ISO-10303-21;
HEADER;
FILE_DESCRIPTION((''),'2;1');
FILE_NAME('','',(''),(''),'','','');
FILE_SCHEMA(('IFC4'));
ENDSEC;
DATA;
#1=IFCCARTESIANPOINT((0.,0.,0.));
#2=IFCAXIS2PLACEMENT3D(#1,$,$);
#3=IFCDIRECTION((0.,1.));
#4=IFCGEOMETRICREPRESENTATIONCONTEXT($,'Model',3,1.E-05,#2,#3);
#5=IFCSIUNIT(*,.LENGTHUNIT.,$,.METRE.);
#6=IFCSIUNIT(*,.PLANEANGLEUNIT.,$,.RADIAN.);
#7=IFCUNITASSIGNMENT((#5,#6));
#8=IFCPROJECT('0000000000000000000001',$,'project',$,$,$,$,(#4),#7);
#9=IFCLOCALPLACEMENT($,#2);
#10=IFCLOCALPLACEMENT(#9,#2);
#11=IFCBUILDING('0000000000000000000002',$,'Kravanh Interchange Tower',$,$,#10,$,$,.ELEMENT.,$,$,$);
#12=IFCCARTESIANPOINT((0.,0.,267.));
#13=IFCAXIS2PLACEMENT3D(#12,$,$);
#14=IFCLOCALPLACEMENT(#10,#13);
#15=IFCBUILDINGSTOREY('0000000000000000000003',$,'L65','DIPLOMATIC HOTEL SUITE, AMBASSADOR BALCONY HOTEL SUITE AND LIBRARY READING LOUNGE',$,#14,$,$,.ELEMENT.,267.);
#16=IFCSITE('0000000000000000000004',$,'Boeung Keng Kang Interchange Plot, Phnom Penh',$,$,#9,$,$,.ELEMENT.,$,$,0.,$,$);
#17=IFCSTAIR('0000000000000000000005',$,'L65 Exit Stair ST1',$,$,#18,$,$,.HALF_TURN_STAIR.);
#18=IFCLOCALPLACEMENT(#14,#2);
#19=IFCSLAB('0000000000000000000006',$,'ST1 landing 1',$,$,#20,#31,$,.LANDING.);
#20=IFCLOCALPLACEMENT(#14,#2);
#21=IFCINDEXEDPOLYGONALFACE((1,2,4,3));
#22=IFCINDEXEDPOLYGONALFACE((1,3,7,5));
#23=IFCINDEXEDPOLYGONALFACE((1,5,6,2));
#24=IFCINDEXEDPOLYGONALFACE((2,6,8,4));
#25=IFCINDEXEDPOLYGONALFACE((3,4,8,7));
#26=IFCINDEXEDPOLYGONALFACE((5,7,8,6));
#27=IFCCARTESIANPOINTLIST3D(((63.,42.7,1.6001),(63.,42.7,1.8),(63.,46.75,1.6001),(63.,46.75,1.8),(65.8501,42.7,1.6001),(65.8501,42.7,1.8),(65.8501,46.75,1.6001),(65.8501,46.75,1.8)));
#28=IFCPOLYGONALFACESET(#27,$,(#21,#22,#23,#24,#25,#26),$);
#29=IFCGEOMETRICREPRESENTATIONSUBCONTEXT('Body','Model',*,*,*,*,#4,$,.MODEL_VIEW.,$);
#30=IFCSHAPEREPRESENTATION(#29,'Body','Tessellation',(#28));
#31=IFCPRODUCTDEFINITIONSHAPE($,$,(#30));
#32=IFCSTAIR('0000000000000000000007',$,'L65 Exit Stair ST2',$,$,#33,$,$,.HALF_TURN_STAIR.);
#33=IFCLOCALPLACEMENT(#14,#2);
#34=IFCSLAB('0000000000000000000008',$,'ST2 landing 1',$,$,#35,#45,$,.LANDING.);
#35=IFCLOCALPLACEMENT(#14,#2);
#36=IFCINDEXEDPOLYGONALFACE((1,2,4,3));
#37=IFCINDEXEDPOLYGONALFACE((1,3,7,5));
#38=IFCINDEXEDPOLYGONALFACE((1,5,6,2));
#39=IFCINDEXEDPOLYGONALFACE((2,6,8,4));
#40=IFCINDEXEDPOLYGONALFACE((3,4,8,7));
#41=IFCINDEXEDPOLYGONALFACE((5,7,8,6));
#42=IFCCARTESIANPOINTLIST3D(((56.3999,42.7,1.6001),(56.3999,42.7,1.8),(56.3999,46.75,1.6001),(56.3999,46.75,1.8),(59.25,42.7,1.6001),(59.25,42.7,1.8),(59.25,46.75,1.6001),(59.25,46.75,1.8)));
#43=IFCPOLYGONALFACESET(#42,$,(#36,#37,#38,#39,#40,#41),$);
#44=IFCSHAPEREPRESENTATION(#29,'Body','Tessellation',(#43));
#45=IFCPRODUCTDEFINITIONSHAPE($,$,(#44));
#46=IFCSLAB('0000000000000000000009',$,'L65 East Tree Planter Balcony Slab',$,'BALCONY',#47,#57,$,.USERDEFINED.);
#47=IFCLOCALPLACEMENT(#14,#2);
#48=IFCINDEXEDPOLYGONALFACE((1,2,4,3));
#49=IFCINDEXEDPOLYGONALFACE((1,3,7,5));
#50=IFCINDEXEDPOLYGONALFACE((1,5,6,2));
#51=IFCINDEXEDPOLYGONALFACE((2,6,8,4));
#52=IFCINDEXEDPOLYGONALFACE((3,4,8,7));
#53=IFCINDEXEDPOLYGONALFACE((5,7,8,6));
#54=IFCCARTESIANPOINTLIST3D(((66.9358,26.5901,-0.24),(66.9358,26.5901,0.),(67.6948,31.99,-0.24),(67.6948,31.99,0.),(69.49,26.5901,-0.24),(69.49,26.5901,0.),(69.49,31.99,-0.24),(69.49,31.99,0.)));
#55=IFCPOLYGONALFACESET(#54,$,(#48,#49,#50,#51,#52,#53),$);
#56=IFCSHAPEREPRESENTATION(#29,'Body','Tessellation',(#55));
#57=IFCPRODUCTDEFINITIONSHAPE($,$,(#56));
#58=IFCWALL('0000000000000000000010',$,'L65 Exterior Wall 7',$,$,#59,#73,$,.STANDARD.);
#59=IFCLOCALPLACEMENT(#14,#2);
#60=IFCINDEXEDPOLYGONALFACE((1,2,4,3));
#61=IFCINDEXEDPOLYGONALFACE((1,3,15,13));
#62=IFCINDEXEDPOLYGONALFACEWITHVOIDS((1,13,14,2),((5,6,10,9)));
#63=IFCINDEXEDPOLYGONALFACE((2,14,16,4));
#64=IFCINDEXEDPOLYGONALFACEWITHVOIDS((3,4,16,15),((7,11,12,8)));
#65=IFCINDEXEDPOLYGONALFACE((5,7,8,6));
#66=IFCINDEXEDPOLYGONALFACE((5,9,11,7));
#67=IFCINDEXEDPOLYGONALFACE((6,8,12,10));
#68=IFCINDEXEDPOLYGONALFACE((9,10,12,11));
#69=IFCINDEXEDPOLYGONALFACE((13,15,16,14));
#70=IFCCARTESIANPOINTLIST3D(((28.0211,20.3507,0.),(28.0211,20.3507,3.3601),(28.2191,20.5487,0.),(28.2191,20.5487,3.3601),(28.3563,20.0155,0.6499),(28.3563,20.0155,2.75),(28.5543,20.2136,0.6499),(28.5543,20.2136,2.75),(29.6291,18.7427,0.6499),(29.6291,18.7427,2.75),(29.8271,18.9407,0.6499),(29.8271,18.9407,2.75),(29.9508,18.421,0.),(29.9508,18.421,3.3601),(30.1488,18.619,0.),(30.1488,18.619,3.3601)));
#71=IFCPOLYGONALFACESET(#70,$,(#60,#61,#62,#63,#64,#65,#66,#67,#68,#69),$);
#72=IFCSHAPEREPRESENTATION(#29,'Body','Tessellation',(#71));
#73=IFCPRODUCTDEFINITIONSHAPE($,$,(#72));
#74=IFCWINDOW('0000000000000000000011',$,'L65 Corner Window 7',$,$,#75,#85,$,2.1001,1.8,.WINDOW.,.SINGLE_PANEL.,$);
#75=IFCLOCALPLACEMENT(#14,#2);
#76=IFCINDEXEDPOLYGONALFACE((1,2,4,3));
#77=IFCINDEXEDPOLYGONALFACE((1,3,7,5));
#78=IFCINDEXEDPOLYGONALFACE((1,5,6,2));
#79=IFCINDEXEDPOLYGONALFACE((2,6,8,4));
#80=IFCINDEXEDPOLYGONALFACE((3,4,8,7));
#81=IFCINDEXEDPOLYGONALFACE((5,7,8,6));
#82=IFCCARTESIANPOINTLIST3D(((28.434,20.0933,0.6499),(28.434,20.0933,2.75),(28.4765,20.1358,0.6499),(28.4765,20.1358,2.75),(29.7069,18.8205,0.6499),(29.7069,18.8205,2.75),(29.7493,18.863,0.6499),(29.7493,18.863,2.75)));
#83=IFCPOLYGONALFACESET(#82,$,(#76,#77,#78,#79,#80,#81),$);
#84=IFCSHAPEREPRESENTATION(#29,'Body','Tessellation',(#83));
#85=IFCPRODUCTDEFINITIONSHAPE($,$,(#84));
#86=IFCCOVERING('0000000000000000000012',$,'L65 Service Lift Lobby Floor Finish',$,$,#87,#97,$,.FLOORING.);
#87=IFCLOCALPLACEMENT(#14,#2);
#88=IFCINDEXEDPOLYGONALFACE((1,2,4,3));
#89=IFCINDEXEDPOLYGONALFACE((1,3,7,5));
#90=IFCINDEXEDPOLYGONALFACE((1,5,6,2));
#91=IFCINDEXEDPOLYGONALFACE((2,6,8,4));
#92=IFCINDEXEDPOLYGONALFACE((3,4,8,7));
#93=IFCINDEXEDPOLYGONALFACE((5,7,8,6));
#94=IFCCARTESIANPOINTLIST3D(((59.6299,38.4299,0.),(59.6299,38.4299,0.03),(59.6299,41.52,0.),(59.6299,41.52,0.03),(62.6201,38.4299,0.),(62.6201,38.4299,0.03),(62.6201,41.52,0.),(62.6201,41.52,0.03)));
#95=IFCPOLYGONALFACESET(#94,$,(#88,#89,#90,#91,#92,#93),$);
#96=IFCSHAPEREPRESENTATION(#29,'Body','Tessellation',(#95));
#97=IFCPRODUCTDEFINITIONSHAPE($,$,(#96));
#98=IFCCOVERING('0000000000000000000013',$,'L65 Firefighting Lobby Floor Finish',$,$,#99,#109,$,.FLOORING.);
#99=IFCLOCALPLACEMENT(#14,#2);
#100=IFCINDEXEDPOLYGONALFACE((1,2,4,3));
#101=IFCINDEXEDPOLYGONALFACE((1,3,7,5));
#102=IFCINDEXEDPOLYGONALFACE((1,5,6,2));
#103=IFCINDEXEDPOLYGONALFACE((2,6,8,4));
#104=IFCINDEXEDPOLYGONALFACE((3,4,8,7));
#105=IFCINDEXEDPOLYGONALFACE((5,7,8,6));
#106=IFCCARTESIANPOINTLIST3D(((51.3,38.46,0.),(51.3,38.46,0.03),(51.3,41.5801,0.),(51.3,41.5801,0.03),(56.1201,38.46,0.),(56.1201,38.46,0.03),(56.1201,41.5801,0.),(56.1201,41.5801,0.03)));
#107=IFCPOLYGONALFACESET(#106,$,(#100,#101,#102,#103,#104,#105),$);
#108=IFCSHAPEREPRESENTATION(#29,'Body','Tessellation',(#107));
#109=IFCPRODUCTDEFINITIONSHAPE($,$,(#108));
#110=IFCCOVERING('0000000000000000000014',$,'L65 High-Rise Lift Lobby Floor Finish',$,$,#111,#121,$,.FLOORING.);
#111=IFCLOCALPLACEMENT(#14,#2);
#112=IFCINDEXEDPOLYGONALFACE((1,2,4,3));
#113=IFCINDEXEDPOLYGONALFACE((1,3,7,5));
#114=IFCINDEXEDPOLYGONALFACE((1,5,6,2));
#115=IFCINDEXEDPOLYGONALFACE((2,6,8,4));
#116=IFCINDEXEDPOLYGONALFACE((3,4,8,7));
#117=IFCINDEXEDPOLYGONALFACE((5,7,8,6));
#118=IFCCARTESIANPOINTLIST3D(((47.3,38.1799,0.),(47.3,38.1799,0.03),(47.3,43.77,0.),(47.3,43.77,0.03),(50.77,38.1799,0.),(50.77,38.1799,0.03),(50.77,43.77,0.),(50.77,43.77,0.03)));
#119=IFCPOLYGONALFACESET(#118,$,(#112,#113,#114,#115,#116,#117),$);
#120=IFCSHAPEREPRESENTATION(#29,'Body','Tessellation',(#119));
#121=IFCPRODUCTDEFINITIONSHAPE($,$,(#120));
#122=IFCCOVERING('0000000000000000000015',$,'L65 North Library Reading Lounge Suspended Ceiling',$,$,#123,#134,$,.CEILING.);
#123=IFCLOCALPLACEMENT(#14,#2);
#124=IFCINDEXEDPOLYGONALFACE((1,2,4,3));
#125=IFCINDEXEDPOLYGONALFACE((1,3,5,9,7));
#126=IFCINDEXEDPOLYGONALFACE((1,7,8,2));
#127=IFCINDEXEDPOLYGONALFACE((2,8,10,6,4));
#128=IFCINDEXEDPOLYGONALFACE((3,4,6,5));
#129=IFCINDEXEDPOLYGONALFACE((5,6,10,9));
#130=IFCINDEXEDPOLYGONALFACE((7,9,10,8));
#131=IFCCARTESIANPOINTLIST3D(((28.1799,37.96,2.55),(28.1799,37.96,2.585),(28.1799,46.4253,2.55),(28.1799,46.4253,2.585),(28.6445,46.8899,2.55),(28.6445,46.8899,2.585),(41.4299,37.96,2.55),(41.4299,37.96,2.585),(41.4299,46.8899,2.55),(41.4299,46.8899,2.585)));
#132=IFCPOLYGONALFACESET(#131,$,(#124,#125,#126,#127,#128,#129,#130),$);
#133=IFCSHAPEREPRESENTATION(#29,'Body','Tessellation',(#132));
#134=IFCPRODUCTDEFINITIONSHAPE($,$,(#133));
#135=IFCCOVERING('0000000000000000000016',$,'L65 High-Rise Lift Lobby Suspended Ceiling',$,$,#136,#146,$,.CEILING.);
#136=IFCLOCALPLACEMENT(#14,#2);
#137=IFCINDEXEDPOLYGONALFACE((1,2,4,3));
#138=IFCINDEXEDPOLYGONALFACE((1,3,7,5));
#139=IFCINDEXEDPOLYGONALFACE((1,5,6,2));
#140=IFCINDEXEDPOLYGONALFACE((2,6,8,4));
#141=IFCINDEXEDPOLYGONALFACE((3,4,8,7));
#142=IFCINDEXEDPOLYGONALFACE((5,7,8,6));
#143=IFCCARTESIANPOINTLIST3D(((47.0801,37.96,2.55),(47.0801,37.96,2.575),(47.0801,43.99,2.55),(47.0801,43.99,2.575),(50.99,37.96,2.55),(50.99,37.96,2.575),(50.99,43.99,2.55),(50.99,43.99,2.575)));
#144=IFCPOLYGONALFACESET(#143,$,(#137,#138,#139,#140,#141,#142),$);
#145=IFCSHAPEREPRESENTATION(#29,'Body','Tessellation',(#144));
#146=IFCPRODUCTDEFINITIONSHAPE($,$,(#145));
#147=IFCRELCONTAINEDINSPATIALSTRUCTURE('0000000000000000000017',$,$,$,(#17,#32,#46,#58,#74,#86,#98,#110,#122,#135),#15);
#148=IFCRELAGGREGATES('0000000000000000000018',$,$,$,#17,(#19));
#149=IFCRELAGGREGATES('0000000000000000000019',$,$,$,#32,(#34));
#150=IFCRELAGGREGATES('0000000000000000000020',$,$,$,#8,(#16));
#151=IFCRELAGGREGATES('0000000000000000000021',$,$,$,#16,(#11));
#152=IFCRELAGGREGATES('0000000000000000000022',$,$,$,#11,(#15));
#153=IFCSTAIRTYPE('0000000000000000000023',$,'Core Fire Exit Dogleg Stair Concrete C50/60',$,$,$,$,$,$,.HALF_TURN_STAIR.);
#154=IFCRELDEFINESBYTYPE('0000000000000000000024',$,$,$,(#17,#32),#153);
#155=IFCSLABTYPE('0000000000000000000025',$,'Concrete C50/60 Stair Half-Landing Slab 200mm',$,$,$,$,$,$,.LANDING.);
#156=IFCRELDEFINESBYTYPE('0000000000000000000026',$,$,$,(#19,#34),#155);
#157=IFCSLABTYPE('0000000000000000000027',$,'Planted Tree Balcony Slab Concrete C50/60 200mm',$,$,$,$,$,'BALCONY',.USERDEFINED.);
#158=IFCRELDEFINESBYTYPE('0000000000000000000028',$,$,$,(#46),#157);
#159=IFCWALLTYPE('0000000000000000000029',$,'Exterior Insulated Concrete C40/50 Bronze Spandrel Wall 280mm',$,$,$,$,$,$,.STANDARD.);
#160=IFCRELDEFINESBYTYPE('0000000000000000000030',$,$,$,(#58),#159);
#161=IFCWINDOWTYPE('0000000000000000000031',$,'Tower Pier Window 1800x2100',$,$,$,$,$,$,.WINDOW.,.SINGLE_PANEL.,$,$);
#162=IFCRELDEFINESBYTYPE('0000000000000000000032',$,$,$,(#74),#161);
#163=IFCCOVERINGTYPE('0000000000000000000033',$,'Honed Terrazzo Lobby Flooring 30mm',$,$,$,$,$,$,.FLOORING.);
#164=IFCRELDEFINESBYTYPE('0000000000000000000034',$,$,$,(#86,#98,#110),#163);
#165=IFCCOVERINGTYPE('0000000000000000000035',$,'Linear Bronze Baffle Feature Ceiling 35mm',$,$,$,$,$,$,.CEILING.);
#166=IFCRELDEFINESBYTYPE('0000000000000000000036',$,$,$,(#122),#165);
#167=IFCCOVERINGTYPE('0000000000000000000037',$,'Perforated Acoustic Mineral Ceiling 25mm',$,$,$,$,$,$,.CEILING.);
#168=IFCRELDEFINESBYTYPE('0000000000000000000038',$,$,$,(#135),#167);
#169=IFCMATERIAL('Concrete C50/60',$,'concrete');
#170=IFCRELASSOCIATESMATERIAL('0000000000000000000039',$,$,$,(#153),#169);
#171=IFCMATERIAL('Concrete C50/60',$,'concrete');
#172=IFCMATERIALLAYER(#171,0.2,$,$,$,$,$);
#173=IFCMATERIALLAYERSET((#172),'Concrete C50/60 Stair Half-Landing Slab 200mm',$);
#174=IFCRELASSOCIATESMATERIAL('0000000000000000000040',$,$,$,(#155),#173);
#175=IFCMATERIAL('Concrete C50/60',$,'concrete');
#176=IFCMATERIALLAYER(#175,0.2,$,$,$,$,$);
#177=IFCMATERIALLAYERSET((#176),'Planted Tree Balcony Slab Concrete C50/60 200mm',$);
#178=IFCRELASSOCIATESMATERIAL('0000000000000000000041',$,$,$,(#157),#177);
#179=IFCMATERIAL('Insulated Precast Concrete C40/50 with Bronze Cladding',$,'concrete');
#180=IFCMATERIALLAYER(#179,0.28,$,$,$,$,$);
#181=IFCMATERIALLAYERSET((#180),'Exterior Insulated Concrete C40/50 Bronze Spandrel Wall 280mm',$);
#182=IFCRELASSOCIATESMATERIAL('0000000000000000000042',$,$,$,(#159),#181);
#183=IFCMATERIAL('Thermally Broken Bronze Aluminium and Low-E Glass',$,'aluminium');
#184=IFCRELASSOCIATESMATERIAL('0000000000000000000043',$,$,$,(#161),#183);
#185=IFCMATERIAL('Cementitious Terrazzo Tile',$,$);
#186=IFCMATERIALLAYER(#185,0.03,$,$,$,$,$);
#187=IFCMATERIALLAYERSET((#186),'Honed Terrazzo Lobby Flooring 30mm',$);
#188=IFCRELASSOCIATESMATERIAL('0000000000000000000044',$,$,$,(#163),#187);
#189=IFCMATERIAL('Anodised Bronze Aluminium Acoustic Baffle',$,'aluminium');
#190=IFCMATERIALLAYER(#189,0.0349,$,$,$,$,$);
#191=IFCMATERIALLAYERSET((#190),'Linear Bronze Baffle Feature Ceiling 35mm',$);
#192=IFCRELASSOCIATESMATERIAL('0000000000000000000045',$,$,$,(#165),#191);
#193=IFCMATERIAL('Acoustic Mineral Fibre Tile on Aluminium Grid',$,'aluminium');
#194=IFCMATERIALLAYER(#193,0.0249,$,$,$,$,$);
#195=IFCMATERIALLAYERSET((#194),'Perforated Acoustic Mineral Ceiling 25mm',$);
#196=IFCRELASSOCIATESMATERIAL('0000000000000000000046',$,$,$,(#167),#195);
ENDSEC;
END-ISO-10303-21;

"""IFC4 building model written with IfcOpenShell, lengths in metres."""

from ifc_helpers import new_model, si_unit, direction, frame, frame_2d, origin, place, context, subcontext, project, spatial, polyline, rectangle, outline, extrude, material, layer, layer_set, type_object, element, fill, aggregate, save


model = new_model("IFC4")

# Units and contexts
model_context = context("Model", 3, precision=1e-05, world=origin(), true_north=direction((0.0, 1.0)))
body_context = subcontext(model_context, "Body", "Model", "MODEL_VIEW")
ifc_project = project(units=[si_unit("LENGTHUNIT", "METRE"), si_unit("PLANEANGLEUNIT", "RADIAN")], contexts=[model_context])

# Site, building, storey
site_placement = place(None, origin())
site = spatial("IfcSite", under=ifc_project, at=site_placement, Name="Boeung Keng Kang Interchange Plot, Phnom Penh", CompositionType="ELEMENT", RefElevation=0.0)
building_placement = place(site_placement, origin())
building = spatial("IfcBuilding", under=site, at=building_placement, Name="Kravanh Interchange Tower", CompositionType="ELEMENT")
storey_placement = place(building_placement, frame((0.0, 0.0, 267.0)))
storey = spatial("IfcBuildingStorey", under=building, at=storey_placement, Name="L65", Description="DIPLOMATIC HOTEL SUITE, AMBASSADOR BALCONY HOTEL SUITE AND LIBRARY READING LOUNGE", CompositionType="ELEMENT", Elevation=267.0)

# Stairs, slabs
ifc_material_1 = material(Name="Concrete C50/60", Category="concrete")
stair_type = type_object("IfcStairType", Name="Core Fire Exit Dogleg Stair Concrete C50/60", PredefinedType="HALF_TURN_STAIR", material=ifc_material_1)
stair_1_placement = place(storey_placement, origin())
stair_1 = element("IfcStair", 1, at=stair_1_placement, inside=storey, type_object=stair_type, Name="L65 Exit Stair ST1", PredefinedType="HALF_TURN_STAIR")
ifc_material_2 = material(Name="Concrete C50/60", Category="concrete")
ifc_layer_1 = layer(ifc_material_2, 0.2)
ifc_layer_set_1 = layer_set([ifc_layer_1], Name="Concrete C50/60 Stair Half-Landing Slab 200mm")
slab_type_1 = type_object("IfcSlabType", Name="Concrete C50/60 Stair Half-Landing Slab 200mm", PredefinedType="LANDING", material=ifc_layer_set_1)
slab_1_placement = place(storey_placement, frame((0.0, 0.0, 1.6001)))
slab_1 = element("IfcSlab", 2, at=slab_1_placement, type_object=slab_type_1, Name="ST1 landing 1", PredefinedType="LANDING", context=body_context, shape_type="SweptSolid", body=[
    extrude(outline(polyline([(65.8501, 42.7), (65.8501, 46.75), (63.0, 46.75), (63.0, 42.7), (65.8501, 42.7)])), origin(), (0.0, 0.0, 1.0), 0.2),
])
aggregate(stair_1, [slab_1])
stair_2_placement = place(storey_placement, origin())
stair_2 = element("IfcStair", 3, at=stair_2_placement, inside=storey, type_object=stair_type, Name="L65 Exit Stair ST2", PredefinedType="HALF_TURN_STAIR")
slab_2_placement = place(storey_placement, frame((0.0, 0.0, 1.6001)))
slab_2 = element("IfcSlab", 4, at=slab_2_placement, type_object=slab_type_1, Name="ST2 landing 1", PredefinedType="LANDING", context=body_context, shape_type="SweptSolid", body=[
    extrude(outline(polyline([(59.25, 42.7), (59.25, 46.75), (56.3999, 46.75), (56.3999, 42.7), (59.25, 42.7)])), origin(), (0.0, 0.0, 1.0), 0.2),
])
aggregate(stair_2, [slab_2])

# Slab
ifc_material_3 = material(Name="Concrete C50/60", Category="concrete")
ifc_layer_2 = layer(ifc_material_3, 0.2)
ifc_layer_set_2 = layer_set([ifc_layer_2], Name="Planted Tree Balcony Slab Concrete C50/60 200mm")
slab_type_2 = type_object("IfcSlabType", Name="Planted Tree Balcony Slab Concrete C50/60 200mm", ElementType="BALCONY", PredefinedType="USERDEFINED", material=ifc_layer_set_2)
slab_3_placement = place(storey_placement, frame((0.0, 0.0, -0.24)))
element("IfcSlab", 5, at=slab_3_placement, inside=storey, type_object=slab_type_2, Name="L65 East Tree Planter Balcony Slab", ObjectType="BALCONY", PredefinedType="USERDEFINED", context=body_context, shape_type="SweptSolid", body=[
    extrude(outline(polyline([(69.49, 31.99), (69.49, 26.5901), (66.9358, 26.5901), (67.6948, 31.99), (69.49, 31.99)])), origin(), (0.0, 0.0, 1.0), 0.24),
])

# Wall, opening, window
ifc_material_4 = material(Name="Insulated Precast Concrete C40/50 with Bronze Cladding", Category="concrete")
ifc_layer_3 = layer(ifc_material_4, 0.28)
ifc_layer_set_3 = layer_set([ifc_layer_3], Name="Exterior Insulated Concrete C40/50 Bronze Spandrel Wall 280mm")
wall_type = type_object("IfcWallType", Name="Exterior Insulated Concrete C40/50 Bronze Spandrel Wall 280mm", PredefinedType="STANDARD", material=ifc_layer_set_3)
wall_placement = place(storey_placement, frame((30.0498, 18.52, 0.0), z_axis=(0.0, 0.0, 1.0), x_axis=(-0.707107, 0.707107, 0.0)))
wall = element("IfcWall", 6, at=wall_placement, inside=storey, type_object=wall_type, Name="L65 Exterior Wall 7", PredefinedType="STANDARD", context=body_context, shape_type="SweptSolid", body=[
    extrude(rectangle(XDim=2.729, YDim=0.28, at=frame_2d((1.3645, 0.0))), origin(), (0.0, 0.0, 1.0), 3.3601),
])
opening_placement = place(wall_placement, frame((0.4551, 0.0, 0.6499)))
opening = element("IfcOpeningElement", 7, at=opening_placement, cuts=wall, PredefinedType="OPENING", context=body_context, shape_type="SweptSolid", body=[
    extrude(rectangle(XDim=1.8, YDim=2.1001, at=frame_2d((0.8999, 1.05))), frame((0.0, 0.1499, 0.0), z_axis=(0.0, -1.0, 0.0), x_axis=(1.0, 0.0, 0.0)), (0.0, 0.0, 1.0), 0.3),
])
ifc_material_5 = material(Name="Thermally Broken Bronze Aluminium and Low-E Glass", Category="aluminium")
window_type = type_object("IfcWindowType", Name="Tower Pier Window 1800x2100", PartitioningType="SINGLE_PANEL", PredefinedType="WINDOW", material=ifc_material_5)
window_placement = place(opening_placement, origin())
window = element("IfcWindow", 8, at=window_placement, inside=storey, type_object=window_type, Name="L65 Corner Window 7", OverallHeight=2.1001, OverallWidth=1.8, PartitioningType="SINGLE_PANEL", PredefinedType="WINDOW", context=body_context, shape_type="SweptSolid", body=[
    extrude(rectangle(XDim=1.8, YDim=2.1001, at=frame_2d((0.8999, 1.05))), frame((0.0, 0.03, 0.0), z_axis=(0.0, -1.0, 0.0), x_axis=(1.0, 0.0, 0.0)), (0.0, 0.0, 1.0), 0.0601),
])
fill(opening, window)

# Coverings
ifc_material_6 = material(Name="Cementitious Terrazzo Tile")
ifc_layer_4 = layer(ifc_material_6, 0.03)
ifc_layer_set_4 = layer_set([ifc_layer_4], Name="Honed Terrazzo Lobby Flooring 30mm")
covering_type_1 = type_object("IfcCoveringType", Name="Honed Terrazzo Lobby Flooring 30mm", PredefinedType="FLOORING", material=ifc_layer_set_4)
covering_1_placement = place(storey_placement, origin())
element("IfcCovering", 9, at=covering_1_placement, inside=storey, type_object=covering_type_1, Name="L65 Service Lift Lobby Floor Finish", PredefinedType="FLOORING", context=body_context, shape_type="SweptSolid", body=[
    extrude(outline(polyline([(59.6299, 41.52), (62.6201, 41.52), (62.6201, 38.4299), (59.6299, 38.4299), (59.6299, 41.52)])), origin(), (0.0, 0.0, 1.0), 0.03),
])
covering_2_placement = place(storey_placement, origin())
element("IfcCovering", 10, at=covering_2_placement, inside=storey, type_object=covering_type_1, Name="L65 Firefighting Lobby Floor Finish", PredefinedType="FLOORING", context=body_context, shape_type="SweptSolid", body=[
    extrude(outline(polyline([(56.1201, 38.46), (51.3, 38.46), (51.3, 41.5801), (56.1201, 41.5801), (56.1201, 38.46)])), origin(), (0.0, 0.0, 1.0), 0.03),
])
covering_3_placement = place(storey_placement, origin())
element("IfcCovering", 11, at=covering_3_placement, inside=storey, type_object=covering_type_1, Name="L65 High-Rise Lift Lobby Floor Finish", PredefinedType="FLOORING", context=body_context, shape_type="SweptSolid", body=[
    extrude(outline(polyline([(47.3, 43.77), (50.77, 43.77), (50.77, 38.1799), (47.3, 38.1799), (47.3, 43.77)])), origin(), (0.0, 0.0, 1.0), 0.03),
])
ifc_material_7 = material(Name="Anodised Bronze Aluminium Acoustic Baffle", Category="aluminium")
ifc_layer_5 = layer(ifc_material_7, 0.0349)
ifc_layer_set_5 = layer_set([ifc_layer_5], Name="Linear Bronze Baffle Feature Ceiling 35mm")
covering_type_2 = type_object("IfcCoveringType", Name="Linear Bronze Baffle Feature Ceiling 35mm", PredefinedType="CEILING", material=ifc_layer_set_5)
covering_4_placement = place(storey_placement, frame((0.0, 0.0, 2.55)))
element("IfcCovering", 12, at=covering_4_placement, inside=storey, type_object=covering_type_2, Name="L65 North Library Reading Lounge Suspended Ceiling", PredefinedType="CEILING", context=body_context, shape_type="SweptSolid", body=[
    extrude(outline(polyline([(41.4299, 37.96), (28.1799, 37.96), (28.1799, 46.4253), (28.6445, 46.8899), (41.4299, 46.8899), (41.4299, 37.96)])), origin(), (0.0, 0.0, 1.0), 0.0349),
])
ifc_material_8 = material(Name="Acoustic Mineral Fibre Tile on Aluminium Grid", Category="aluminium")
ifc_layer_6 = layer(ifc_material_8, 0.0249)
ifc_layer_set_6 = layer_set([ifc_layer_6], Name="Perforated Acoustic Mineral Ceiling 25mm")
covering_type_3 = type_object("IfcCoveringType", Name="Perforated Acoustic Mineral Ceiling 25mm", PredefinedType="CEILING", material=ifc_layer_set_6)
covering_5_placement = place(storey_placement, frame((0.0, 0.0, 2.55)))
element("IfcCovering", 13, at=covering_5_placement, inside=storey, type_object=covering_type_3, Name="L65 High-Rise Lift Lobby Suspended Ceiling", PredefinedType="CEILING", context=body_context, shape_type="SweptSolid", body=[
    extrude(outline(polyline([(50.99, 37.96), (47.0801, 37.96), (47.0801, 43.99), (50.99, 43.99), (50.99, 37.96)])), origin(), (0.0, 0.0, 1.0), 0.0249),
])

save(model, "model.ifc")
